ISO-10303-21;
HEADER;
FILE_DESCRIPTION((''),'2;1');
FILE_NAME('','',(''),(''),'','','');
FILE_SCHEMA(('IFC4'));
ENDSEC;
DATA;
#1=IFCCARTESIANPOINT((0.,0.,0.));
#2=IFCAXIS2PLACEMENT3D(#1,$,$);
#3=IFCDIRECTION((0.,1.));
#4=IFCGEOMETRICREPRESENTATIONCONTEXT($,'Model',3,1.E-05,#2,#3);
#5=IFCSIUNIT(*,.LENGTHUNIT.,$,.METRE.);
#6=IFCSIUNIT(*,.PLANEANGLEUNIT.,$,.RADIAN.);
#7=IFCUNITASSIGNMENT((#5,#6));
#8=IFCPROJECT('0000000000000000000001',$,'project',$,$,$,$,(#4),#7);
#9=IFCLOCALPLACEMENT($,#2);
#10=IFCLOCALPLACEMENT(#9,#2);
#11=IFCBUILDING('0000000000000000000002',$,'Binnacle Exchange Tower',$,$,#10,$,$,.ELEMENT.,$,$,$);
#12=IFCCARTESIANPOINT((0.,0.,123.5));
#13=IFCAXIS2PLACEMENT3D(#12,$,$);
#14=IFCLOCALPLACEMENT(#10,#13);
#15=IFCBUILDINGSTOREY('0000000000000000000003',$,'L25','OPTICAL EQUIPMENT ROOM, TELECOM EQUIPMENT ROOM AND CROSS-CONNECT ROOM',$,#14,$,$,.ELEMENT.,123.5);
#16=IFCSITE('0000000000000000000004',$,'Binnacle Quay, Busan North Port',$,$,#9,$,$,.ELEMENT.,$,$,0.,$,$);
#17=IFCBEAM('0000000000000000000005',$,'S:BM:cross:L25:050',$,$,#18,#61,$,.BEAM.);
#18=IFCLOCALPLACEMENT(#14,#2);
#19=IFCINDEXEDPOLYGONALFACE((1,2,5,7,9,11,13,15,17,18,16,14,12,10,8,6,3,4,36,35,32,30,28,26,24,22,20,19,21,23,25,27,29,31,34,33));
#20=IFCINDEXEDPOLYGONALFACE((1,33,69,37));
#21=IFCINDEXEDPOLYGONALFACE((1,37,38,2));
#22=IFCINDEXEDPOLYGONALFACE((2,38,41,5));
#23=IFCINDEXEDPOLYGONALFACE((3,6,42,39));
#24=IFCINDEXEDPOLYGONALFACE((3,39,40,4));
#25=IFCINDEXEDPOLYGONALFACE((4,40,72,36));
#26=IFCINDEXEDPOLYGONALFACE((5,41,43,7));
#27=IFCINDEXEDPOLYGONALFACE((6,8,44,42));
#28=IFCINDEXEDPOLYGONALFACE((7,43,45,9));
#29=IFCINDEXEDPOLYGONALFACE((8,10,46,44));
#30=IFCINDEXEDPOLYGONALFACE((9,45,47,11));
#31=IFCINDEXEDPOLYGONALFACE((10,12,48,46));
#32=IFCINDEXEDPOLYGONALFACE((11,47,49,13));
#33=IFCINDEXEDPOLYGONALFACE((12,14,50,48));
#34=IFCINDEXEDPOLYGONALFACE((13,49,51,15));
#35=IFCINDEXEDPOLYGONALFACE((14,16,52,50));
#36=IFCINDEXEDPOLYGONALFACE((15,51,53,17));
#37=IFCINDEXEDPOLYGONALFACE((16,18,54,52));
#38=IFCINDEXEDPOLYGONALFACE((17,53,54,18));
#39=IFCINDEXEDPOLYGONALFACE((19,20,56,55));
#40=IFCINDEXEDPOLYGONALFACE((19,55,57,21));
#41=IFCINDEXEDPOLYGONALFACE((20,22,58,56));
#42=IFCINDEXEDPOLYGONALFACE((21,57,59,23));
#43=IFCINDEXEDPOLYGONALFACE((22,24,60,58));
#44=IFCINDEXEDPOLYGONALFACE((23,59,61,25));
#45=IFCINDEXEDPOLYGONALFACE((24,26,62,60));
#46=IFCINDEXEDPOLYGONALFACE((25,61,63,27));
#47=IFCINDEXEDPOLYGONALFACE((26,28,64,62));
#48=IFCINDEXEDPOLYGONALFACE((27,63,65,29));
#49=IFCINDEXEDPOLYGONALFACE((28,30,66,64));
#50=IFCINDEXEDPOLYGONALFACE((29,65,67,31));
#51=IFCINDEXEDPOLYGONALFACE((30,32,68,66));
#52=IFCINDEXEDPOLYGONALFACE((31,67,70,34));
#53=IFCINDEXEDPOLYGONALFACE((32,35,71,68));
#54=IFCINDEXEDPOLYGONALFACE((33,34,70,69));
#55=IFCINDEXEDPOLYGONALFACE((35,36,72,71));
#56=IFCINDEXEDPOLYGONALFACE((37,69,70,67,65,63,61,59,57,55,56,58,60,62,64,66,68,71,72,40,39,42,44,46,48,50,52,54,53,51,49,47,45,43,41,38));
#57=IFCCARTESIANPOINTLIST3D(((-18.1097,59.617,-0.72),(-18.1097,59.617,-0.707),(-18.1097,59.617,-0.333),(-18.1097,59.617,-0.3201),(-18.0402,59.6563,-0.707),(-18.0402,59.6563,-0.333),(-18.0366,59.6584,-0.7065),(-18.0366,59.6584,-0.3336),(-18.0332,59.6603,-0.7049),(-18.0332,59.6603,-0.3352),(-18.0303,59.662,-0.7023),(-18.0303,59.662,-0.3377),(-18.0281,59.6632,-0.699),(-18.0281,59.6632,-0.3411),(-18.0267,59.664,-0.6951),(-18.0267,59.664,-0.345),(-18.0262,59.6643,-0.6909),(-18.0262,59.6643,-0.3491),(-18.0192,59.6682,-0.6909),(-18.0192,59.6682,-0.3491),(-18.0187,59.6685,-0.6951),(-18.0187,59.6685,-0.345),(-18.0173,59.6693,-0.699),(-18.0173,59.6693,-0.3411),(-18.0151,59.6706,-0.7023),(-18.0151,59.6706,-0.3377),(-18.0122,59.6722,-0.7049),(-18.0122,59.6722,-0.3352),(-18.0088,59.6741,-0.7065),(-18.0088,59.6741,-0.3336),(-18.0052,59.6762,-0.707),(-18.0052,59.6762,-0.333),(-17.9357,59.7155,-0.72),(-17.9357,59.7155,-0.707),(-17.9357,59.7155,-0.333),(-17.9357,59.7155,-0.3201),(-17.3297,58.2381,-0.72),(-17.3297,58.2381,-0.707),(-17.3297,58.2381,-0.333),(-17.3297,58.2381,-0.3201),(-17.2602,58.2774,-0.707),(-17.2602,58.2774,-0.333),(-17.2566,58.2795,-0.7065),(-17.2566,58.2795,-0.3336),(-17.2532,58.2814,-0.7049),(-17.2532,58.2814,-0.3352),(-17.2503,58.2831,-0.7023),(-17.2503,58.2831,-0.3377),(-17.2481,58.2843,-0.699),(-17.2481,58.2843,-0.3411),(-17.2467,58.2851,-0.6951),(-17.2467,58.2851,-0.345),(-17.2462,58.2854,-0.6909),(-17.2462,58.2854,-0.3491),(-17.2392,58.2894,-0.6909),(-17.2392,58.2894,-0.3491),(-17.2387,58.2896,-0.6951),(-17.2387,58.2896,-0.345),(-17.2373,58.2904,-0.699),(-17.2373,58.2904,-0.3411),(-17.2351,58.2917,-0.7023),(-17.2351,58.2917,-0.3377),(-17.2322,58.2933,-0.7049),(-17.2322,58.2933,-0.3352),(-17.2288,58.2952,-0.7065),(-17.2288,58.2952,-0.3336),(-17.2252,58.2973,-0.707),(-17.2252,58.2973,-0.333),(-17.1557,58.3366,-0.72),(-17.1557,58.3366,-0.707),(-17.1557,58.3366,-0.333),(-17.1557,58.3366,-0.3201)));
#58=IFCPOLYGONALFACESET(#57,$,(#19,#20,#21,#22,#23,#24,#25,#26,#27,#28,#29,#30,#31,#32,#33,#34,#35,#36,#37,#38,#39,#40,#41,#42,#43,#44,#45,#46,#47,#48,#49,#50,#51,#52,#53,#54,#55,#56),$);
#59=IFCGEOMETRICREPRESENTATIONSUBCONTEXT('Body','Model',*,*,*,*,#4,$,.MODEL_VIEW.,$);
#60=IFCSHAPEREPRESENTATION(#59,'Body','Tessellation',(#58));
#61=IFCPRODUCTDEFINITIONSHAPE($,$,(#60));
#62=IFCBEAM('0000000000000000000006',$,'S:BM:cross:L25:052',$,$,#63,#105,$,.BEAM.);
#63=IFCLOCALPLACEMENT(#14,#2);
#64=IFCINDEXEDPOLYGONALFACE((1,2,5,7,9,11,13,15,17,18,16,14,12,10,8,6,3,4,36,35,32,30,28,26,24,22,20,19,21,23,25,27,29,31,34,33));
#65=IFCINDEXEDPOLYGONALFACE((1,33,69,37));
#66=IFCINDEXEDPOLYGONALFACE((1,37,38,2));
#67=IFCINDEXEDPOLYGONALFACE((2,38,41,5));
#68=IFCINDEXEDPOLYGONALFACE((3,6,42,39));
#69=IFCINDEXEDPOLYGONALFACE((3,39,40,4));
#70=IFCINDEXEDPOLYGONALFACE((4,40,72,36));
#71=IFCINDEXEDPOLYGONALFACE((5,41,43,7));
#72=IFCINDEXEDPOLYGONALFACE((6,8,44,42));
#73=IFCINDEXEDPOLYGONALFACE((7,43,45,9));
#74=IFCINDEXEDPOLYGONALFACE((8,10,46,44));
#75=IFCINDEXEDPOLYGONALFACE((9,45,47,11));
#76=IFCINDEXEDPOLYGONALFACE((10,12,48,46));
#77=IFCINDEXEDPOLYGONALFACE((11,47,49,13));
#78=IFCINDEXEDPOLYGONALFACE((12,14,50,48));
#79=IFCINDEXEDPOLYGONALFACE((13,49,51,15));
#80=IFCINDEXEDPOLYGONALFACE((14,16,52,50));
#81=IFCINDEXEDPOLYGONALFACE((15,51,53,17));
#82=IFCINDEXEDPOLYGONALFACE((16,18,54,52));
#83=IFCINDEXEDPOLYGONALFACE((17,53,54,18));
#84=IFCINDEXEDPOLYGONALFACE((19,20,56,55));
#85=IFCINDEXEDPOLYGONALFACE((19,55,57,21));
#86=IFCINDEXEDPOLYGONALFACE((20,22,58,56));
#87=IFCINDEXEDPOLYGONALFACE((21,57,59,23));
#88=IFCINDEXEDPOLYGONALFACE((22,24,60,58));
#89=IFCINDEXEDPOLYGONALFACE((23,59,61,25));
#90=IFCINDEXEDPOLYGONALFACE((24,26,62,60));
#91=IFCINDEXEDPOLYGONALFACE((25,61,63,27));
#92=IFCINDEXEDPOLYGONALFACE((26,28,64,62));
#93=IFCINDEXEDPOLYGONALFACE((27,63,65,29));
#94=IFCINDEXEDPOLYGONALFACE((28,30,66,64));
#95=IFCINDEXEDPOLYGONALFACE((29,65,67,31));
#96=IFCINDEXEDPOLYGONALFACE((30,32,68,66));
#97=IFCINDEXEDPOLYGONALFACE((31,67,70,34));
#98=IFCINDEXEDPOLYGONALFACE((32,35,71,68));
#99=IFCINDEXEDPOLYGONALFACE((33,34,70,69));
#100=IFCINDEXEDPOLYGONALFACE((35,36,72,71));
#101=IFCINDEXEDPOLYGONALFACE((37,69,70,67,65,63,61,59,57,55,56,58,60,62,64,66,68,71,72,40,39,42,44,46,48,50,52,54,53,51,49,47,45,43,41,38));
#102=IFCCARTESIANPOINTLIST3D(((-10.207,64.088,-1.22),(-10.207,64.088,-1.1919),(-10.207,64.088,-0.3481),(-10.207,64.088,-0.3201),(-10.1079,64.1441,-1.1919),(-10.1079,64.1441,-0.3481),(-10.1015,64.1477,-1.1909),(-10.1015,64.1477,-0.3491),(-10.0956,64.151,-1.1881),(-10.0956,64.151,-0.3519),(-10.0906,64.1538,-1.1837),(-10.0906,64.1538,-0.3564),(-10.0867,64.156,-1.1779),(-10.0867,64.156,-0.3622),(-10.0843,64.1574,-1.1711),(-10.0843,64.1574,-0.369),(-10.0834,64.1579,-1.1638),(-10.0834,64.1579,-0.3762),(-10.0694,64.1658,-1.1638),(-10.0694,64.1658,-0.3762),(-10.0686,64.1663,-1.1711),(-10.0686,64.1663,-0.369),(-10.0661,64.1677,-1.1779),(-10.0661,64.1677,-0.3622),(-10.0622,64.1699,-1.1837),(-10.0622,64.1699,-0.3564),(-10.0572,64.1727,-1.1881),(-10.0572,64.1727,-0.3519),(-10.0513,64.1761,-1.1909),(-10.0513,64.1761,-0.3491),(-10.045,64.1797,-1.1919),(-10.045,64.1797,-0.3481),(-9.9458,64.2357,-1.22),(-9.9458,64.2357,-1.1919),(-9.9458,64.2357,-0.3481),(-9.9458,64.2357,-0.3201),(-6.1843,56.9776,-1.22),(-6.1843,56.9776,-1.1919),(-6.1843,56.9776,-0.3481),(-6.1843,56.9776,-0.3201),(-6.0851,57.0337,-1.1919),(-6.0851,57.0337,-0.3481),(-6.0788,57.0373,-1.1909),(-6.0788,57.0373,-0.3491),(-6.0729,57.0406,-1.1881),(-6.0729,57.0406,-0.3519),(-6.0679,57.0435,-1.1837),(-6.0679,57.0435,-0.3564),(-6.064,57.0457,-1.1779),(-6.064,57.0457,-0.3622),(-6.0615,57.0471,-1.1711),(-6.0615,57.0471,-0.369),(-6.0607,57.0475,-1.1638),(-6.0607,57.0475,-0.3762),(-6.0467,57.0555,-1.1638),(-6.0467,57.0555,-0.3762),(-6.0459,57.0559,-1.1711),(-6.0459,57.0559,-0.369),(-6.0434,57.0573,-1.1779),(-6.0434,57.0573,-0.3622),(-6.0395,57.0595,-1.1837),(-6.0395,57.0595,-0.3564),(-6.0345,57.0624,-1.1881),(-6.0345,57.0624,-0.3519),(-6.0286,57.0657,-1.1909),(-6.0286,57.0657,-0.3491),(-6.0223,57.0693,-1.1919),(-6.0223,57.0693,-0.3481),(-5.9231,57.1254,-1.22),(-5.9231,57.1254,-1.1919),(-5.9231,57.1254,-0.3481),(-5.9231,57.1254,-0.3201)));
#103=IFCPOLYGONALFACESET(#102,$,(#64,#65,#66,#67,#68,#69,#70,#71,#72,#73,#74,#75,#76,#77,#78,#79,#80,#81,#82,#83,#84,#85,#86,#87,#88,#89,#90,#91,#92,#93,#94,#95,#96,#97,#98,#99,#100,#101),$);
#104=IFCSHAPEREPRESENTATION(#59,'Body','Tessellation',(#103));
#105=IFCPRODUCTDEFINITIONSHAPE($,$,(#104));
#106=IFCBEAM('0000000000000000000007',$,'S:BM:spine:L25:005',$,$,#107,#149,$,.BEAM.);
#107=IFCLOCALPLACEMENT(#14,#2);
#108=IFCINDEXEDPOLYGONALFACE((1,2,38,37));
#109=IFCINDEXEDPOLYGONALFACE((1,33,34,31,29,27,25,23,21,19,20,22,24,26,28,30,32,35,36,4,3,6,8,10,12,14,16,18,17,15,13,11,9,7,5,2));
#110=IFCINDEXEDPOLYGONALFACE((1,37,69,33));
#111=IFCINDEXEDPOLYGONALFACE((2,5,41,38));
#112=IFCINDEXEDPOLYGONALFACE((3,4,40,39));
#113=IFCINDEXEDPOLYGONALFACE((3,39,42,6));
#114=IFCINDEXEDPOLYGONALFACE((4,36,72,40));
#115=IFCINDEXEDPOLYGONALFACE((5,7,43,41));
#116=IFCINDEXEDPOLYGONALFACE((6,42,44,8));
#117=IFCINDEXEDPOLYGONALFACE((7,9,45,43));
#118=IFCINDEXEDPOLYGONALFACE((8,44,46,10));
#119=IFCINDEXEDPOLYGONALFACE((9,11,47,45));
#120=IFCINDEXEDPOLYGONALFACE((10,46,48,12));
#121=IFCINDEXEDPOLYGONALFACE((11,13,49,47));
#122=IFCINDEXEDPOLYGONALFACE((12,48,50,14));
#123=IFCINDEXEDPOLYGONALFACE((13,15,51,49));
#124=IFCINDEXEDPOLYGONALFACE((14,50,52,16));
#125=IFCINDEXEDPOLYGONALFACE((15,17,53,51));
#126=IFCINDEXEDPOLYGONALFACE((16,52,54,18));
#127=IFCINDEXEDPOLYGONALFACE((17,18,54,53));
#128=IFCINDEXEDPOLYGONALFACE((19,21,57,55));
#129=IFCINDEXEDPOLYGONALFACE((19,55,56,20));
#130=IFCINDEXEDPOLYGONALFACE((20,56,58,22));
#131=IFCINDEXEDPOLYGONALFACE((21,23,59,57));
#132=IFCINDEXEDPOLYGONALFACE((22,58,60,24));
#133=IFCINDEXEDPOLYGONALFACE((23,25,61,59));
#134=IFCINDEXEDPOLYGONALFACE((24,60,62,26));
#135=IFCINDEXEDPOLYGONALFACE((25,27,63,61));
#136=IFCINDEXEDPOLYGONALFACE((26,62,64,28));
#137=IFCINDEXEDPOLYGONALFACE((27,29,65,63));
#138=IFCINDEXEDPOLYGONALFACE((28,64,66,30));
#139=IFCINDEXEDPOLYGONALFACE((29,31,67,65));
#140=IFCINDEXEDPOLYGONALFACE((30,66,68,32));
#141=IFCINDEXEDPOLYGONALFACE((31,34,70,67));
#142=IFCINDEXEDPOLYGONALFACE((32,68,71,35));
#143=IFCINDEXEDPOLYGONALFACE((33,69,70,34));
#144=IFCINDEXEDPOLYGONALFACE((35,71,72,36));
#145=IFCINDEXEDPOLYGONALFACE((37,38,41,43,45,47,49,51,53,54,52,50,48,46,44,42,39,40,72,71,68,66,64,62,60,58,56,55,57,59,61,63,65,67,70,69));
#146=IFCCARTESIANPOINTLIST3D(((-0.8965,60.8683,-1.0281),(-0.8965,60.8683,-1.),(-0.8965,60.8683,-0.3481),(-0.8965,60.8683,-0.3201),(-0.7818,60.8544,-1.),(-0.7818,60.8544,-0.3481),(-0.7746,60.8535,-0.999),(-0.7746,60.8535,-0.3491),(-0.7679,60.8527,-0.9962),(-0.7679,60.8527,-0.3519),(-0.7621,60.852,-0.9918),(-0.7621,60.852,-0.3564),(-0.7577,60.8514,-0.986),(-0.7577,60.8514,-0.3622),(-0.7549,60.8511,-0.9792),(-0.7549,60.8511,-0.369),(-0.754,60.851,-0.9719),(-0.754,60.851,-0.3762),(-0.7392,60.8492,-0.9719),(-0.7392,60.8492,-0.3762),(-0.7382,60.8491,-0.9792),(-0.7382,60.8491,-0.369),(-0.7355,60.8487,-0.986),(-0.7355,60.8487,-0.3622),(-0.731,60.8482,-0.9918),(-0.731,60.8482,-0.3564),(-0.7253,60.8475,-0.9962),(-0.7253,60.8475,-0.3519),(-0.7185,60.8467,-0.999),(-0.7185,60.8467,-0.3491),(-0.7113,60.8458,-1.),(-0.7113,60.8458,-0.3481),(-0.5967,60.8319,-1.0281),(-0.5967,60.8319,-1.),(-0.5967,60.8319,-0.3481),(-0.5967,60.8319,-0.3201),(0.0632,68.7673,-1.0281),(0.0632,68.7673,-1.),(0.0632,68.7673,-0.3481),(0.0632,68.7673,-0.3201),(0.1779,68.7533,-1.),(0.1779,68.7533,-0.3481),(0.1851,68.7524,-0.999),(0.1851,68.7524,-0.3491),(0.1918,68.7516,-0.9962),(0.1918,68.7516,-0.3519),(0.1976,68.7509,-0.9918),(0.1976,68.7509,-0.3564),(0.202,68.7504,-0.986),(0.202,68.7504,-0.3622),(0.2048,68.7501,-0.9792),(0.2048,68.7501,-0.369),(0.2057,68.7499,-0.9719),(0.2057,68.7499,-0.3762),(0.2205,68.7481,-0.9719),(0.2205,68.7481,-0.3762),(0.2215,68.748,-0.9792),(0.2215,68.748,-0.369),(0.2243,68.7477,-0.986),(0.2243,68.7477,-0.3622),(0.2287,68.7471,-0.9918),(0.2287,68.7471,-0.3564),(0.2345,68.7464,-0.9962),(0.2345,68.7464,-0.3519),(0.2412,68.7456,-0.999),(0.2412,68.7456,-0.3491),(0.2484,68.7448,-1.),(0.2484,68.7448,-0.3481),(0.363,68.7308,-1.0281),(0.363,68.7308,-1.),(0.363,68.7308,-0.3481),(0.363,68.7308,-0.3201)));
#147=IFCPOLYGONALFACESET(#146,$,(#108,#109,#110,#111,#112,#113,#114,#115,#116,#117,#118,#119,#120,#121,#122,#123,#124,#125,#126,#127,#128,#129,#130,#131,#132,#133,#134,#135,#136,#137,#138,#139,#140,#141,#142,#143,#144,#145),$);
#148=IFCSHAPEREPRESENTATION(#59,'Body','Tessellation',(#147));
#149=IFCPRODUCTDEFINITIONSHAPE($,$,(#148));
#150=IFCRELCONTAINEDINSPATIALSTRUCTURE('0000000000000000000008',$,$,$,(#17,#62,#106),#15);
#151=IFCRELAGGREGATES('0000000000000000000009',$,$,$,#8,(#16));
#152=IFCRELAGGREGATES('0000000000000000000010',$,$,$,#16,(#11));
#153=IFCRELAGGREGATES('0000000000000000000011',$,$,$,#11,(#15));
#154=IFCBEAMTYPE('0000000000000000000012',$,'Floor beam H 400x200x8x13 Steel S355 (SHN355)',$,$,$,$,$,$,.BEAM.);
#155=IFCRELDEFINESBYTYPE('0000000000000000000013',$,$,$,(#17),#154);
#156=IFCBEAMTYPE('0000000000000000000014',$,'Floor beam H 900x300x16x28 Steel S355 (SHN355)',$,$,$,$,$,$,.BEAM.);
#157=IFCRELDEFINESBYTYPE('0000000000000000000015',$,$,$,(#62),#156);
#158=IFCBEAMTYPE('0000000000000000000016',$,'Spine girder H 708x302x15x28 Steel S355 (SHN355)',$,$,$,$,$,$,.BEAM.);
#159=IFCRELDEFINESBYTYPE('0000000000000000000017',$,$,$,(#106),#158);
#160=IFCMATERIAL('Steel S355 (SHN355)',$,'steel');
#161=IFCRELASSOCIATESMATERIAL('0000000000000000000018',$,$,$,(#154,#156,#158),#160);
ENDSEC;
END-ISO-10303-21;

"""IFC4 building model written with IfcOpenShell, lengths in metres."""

from ifc_helpers import new_model, si_unit, direction, frame, origin, origin_2d, place, context, subcontext, project, spatial, i_section, extrude, material, material_profile, profile_set, type_object, element, save


model = new_model("IFC4")

# Units and contexts
model_context = context("Model", 3, precision=1e-05, world=origin(), true_north=direction((0.0, 1.0)))
body_context = subcontext(model_context, "Body", "Model", "MODEL_VIEW")
ifc_project = project(units=[si_unit("LENGTHUNIT", "METRE"), si_unit("PLANEANGLEUNIT", "RADIAN")], contexts=[model_context])

# Site, building, storey
site_placement = place(None, origin())
site = spatial("IfcSite", under=ifc_project, at=site_placement, Name="Binnacle Quay, Busan North Port", CompositionType="ELEMENT", RefElevation=0.0)
building_placement = place(site_placement, origin())
building = spatial("IfcBuilding", under=site, at=building_placement, Name="Binnacle Exchange Tower", CompositionType="ELEMENT")
storey_placement = place(building_placement, frame((0.0, 0.0, 123.5)))
storey = spatial("IfcBuildingStorey", under=building, at=storey_placement, Name="L25", Description="OPTICAL EQUIPMENT ROOM, TELECOM EQUIPMENT ROOM AND CROSS-CONNECT ROOM", CompositionType="ELEMENT", Elevation=123.5)

# Beams
ifc_material_1 = material(Name="Steel S355 (SHN355)", Category="steel")
ifc_material_profile_1 = material_profile(ifc_material_1, i_section(OverallWidth=0.2, OverallDepth=0.3999, WebThickness=0.0081, FlangeThickness=0.0129, FilletRadius=0.0161, at=origin_2d()), Name="H 400x200x8x13")
ifc_profile_set_1 = profile_set([ifc_material_profile_1], Name="Steel S355 (SHN355)")
beam_type_1 = type_object("IfcBeamType", Name="Floor beam H 400x200x8x13 Steel S355 (SHN355)", PredefinedType="BEAM", material=ifc_profile_set_1)
beam_1_placement = place(storey_placement, frame((-18.0227, 59.6663, -0.52), z_axis=(0.492367, -0.870388, 0.0), x_axis=(0.870388, 0.492367, 0.0)))
element("IfcBeam", 1, at=beam_1_placement, inside=storey, type_object=beam_type_1, Name="S:BM:cross:L25:050", PredefinedType="BEAM", context=body_context, shape_type="SweptSolid", body=[
    extrude(i_section(OverallWidth=0.2, OverallDepth=0.3999, WebThickness=0.0081, FlangeThickness=0.0129, FilletRadius=0.0161, at=origin_2d()), origin(), (0.0, 0.0, 1.0), 1.5842),
])
ifc_material_profile_2 = material_profile(ifc_material_1, i_section(OverallWidth=0.3, OverallDepth=0.8999, WebThickness=0.0161, FlangeThickness=0.0281, FilletRadius=0.0281, at=origin_2d()), Name="H 900x300x16x28")
ifc_profile_set_2 = profile_set([ifc_material_profile_2], Name="Steel S355 (SHN355)")
beam_type_2 = type_object("IfcBeamType", Name="Floor beam H 900x300x16x28 Steel S355 (SHN355)", PredefinedType="BEAM", material=ifc_profile_set_2)
beam_2_placement = place(storey_placement, frame((-10.0764, 64.1619, -0.77), z_axis=(0.492411, -0.870363, 0.0), x_axis=(0.870363, 0.492411, 0.0)))
element("IfcBeam", 2, at=beam_2_placement, inside=storey, type_object=beam_type_2, Name="S:BM:cross:L25:052", PredefinedType="BEAM", context=body_context, shape_type="SweptSolid", body=[
    extrude(i_section(OverallWidth=0.3, OverallDepth=0.8999, WebThickness=0.0161, FlangeThickness=0.0281, FilletRadius=0.0281, at=origin_2d()), origin(), (0.0, 0.0, 1.0), 8.1694),
])
ifc_material_profile_3 = material_profile(ifc_material_1, i_section(OverallWidth=0.302, OverallDepth=0.708, WebThickness=0.0149, FlangeThickness=0.0281, FilletRadius=0.0281, at=origin_2d()), Name="H 708x302x15x28")
ifc_profile_set_3 = profile_set([ifc_material_profile_3], Name="Steel S355 (SHN355)")
beam_type_3 = type_object("IfcBeamType", Name="Spine girder H 708x302x15x28 Steel S355 (SHN355)", PredefinedType="BEAM", material=ifc_profile_set_3)
beam_3_placement = place(storey_placement, frame((-0.7466, 60.8501, -0.6741), z_axis=(0.120613, 0.9927, 0.0), x_axis=(-0.9927, 0.120613, 0.0)))
element("IfcBeam", 3, at=beam_3_placement, inside=storey, type_object=beam_type_3, Name="S:BM:spine:L25:005", PredefinedType="BEAM", context=body_context, shape_type="SweptSolid", body=[
    extrude(i_section(OverallWidth=0.302, OverallDepth=0.708, WebThickness=0.0149, FlangeThickness=0.0281, FilletRadius=0.0281, at=origin_2d()), origin(), (0.0, 0.0, 1.0), 7.957),
])

save(model, "model.ifc")
